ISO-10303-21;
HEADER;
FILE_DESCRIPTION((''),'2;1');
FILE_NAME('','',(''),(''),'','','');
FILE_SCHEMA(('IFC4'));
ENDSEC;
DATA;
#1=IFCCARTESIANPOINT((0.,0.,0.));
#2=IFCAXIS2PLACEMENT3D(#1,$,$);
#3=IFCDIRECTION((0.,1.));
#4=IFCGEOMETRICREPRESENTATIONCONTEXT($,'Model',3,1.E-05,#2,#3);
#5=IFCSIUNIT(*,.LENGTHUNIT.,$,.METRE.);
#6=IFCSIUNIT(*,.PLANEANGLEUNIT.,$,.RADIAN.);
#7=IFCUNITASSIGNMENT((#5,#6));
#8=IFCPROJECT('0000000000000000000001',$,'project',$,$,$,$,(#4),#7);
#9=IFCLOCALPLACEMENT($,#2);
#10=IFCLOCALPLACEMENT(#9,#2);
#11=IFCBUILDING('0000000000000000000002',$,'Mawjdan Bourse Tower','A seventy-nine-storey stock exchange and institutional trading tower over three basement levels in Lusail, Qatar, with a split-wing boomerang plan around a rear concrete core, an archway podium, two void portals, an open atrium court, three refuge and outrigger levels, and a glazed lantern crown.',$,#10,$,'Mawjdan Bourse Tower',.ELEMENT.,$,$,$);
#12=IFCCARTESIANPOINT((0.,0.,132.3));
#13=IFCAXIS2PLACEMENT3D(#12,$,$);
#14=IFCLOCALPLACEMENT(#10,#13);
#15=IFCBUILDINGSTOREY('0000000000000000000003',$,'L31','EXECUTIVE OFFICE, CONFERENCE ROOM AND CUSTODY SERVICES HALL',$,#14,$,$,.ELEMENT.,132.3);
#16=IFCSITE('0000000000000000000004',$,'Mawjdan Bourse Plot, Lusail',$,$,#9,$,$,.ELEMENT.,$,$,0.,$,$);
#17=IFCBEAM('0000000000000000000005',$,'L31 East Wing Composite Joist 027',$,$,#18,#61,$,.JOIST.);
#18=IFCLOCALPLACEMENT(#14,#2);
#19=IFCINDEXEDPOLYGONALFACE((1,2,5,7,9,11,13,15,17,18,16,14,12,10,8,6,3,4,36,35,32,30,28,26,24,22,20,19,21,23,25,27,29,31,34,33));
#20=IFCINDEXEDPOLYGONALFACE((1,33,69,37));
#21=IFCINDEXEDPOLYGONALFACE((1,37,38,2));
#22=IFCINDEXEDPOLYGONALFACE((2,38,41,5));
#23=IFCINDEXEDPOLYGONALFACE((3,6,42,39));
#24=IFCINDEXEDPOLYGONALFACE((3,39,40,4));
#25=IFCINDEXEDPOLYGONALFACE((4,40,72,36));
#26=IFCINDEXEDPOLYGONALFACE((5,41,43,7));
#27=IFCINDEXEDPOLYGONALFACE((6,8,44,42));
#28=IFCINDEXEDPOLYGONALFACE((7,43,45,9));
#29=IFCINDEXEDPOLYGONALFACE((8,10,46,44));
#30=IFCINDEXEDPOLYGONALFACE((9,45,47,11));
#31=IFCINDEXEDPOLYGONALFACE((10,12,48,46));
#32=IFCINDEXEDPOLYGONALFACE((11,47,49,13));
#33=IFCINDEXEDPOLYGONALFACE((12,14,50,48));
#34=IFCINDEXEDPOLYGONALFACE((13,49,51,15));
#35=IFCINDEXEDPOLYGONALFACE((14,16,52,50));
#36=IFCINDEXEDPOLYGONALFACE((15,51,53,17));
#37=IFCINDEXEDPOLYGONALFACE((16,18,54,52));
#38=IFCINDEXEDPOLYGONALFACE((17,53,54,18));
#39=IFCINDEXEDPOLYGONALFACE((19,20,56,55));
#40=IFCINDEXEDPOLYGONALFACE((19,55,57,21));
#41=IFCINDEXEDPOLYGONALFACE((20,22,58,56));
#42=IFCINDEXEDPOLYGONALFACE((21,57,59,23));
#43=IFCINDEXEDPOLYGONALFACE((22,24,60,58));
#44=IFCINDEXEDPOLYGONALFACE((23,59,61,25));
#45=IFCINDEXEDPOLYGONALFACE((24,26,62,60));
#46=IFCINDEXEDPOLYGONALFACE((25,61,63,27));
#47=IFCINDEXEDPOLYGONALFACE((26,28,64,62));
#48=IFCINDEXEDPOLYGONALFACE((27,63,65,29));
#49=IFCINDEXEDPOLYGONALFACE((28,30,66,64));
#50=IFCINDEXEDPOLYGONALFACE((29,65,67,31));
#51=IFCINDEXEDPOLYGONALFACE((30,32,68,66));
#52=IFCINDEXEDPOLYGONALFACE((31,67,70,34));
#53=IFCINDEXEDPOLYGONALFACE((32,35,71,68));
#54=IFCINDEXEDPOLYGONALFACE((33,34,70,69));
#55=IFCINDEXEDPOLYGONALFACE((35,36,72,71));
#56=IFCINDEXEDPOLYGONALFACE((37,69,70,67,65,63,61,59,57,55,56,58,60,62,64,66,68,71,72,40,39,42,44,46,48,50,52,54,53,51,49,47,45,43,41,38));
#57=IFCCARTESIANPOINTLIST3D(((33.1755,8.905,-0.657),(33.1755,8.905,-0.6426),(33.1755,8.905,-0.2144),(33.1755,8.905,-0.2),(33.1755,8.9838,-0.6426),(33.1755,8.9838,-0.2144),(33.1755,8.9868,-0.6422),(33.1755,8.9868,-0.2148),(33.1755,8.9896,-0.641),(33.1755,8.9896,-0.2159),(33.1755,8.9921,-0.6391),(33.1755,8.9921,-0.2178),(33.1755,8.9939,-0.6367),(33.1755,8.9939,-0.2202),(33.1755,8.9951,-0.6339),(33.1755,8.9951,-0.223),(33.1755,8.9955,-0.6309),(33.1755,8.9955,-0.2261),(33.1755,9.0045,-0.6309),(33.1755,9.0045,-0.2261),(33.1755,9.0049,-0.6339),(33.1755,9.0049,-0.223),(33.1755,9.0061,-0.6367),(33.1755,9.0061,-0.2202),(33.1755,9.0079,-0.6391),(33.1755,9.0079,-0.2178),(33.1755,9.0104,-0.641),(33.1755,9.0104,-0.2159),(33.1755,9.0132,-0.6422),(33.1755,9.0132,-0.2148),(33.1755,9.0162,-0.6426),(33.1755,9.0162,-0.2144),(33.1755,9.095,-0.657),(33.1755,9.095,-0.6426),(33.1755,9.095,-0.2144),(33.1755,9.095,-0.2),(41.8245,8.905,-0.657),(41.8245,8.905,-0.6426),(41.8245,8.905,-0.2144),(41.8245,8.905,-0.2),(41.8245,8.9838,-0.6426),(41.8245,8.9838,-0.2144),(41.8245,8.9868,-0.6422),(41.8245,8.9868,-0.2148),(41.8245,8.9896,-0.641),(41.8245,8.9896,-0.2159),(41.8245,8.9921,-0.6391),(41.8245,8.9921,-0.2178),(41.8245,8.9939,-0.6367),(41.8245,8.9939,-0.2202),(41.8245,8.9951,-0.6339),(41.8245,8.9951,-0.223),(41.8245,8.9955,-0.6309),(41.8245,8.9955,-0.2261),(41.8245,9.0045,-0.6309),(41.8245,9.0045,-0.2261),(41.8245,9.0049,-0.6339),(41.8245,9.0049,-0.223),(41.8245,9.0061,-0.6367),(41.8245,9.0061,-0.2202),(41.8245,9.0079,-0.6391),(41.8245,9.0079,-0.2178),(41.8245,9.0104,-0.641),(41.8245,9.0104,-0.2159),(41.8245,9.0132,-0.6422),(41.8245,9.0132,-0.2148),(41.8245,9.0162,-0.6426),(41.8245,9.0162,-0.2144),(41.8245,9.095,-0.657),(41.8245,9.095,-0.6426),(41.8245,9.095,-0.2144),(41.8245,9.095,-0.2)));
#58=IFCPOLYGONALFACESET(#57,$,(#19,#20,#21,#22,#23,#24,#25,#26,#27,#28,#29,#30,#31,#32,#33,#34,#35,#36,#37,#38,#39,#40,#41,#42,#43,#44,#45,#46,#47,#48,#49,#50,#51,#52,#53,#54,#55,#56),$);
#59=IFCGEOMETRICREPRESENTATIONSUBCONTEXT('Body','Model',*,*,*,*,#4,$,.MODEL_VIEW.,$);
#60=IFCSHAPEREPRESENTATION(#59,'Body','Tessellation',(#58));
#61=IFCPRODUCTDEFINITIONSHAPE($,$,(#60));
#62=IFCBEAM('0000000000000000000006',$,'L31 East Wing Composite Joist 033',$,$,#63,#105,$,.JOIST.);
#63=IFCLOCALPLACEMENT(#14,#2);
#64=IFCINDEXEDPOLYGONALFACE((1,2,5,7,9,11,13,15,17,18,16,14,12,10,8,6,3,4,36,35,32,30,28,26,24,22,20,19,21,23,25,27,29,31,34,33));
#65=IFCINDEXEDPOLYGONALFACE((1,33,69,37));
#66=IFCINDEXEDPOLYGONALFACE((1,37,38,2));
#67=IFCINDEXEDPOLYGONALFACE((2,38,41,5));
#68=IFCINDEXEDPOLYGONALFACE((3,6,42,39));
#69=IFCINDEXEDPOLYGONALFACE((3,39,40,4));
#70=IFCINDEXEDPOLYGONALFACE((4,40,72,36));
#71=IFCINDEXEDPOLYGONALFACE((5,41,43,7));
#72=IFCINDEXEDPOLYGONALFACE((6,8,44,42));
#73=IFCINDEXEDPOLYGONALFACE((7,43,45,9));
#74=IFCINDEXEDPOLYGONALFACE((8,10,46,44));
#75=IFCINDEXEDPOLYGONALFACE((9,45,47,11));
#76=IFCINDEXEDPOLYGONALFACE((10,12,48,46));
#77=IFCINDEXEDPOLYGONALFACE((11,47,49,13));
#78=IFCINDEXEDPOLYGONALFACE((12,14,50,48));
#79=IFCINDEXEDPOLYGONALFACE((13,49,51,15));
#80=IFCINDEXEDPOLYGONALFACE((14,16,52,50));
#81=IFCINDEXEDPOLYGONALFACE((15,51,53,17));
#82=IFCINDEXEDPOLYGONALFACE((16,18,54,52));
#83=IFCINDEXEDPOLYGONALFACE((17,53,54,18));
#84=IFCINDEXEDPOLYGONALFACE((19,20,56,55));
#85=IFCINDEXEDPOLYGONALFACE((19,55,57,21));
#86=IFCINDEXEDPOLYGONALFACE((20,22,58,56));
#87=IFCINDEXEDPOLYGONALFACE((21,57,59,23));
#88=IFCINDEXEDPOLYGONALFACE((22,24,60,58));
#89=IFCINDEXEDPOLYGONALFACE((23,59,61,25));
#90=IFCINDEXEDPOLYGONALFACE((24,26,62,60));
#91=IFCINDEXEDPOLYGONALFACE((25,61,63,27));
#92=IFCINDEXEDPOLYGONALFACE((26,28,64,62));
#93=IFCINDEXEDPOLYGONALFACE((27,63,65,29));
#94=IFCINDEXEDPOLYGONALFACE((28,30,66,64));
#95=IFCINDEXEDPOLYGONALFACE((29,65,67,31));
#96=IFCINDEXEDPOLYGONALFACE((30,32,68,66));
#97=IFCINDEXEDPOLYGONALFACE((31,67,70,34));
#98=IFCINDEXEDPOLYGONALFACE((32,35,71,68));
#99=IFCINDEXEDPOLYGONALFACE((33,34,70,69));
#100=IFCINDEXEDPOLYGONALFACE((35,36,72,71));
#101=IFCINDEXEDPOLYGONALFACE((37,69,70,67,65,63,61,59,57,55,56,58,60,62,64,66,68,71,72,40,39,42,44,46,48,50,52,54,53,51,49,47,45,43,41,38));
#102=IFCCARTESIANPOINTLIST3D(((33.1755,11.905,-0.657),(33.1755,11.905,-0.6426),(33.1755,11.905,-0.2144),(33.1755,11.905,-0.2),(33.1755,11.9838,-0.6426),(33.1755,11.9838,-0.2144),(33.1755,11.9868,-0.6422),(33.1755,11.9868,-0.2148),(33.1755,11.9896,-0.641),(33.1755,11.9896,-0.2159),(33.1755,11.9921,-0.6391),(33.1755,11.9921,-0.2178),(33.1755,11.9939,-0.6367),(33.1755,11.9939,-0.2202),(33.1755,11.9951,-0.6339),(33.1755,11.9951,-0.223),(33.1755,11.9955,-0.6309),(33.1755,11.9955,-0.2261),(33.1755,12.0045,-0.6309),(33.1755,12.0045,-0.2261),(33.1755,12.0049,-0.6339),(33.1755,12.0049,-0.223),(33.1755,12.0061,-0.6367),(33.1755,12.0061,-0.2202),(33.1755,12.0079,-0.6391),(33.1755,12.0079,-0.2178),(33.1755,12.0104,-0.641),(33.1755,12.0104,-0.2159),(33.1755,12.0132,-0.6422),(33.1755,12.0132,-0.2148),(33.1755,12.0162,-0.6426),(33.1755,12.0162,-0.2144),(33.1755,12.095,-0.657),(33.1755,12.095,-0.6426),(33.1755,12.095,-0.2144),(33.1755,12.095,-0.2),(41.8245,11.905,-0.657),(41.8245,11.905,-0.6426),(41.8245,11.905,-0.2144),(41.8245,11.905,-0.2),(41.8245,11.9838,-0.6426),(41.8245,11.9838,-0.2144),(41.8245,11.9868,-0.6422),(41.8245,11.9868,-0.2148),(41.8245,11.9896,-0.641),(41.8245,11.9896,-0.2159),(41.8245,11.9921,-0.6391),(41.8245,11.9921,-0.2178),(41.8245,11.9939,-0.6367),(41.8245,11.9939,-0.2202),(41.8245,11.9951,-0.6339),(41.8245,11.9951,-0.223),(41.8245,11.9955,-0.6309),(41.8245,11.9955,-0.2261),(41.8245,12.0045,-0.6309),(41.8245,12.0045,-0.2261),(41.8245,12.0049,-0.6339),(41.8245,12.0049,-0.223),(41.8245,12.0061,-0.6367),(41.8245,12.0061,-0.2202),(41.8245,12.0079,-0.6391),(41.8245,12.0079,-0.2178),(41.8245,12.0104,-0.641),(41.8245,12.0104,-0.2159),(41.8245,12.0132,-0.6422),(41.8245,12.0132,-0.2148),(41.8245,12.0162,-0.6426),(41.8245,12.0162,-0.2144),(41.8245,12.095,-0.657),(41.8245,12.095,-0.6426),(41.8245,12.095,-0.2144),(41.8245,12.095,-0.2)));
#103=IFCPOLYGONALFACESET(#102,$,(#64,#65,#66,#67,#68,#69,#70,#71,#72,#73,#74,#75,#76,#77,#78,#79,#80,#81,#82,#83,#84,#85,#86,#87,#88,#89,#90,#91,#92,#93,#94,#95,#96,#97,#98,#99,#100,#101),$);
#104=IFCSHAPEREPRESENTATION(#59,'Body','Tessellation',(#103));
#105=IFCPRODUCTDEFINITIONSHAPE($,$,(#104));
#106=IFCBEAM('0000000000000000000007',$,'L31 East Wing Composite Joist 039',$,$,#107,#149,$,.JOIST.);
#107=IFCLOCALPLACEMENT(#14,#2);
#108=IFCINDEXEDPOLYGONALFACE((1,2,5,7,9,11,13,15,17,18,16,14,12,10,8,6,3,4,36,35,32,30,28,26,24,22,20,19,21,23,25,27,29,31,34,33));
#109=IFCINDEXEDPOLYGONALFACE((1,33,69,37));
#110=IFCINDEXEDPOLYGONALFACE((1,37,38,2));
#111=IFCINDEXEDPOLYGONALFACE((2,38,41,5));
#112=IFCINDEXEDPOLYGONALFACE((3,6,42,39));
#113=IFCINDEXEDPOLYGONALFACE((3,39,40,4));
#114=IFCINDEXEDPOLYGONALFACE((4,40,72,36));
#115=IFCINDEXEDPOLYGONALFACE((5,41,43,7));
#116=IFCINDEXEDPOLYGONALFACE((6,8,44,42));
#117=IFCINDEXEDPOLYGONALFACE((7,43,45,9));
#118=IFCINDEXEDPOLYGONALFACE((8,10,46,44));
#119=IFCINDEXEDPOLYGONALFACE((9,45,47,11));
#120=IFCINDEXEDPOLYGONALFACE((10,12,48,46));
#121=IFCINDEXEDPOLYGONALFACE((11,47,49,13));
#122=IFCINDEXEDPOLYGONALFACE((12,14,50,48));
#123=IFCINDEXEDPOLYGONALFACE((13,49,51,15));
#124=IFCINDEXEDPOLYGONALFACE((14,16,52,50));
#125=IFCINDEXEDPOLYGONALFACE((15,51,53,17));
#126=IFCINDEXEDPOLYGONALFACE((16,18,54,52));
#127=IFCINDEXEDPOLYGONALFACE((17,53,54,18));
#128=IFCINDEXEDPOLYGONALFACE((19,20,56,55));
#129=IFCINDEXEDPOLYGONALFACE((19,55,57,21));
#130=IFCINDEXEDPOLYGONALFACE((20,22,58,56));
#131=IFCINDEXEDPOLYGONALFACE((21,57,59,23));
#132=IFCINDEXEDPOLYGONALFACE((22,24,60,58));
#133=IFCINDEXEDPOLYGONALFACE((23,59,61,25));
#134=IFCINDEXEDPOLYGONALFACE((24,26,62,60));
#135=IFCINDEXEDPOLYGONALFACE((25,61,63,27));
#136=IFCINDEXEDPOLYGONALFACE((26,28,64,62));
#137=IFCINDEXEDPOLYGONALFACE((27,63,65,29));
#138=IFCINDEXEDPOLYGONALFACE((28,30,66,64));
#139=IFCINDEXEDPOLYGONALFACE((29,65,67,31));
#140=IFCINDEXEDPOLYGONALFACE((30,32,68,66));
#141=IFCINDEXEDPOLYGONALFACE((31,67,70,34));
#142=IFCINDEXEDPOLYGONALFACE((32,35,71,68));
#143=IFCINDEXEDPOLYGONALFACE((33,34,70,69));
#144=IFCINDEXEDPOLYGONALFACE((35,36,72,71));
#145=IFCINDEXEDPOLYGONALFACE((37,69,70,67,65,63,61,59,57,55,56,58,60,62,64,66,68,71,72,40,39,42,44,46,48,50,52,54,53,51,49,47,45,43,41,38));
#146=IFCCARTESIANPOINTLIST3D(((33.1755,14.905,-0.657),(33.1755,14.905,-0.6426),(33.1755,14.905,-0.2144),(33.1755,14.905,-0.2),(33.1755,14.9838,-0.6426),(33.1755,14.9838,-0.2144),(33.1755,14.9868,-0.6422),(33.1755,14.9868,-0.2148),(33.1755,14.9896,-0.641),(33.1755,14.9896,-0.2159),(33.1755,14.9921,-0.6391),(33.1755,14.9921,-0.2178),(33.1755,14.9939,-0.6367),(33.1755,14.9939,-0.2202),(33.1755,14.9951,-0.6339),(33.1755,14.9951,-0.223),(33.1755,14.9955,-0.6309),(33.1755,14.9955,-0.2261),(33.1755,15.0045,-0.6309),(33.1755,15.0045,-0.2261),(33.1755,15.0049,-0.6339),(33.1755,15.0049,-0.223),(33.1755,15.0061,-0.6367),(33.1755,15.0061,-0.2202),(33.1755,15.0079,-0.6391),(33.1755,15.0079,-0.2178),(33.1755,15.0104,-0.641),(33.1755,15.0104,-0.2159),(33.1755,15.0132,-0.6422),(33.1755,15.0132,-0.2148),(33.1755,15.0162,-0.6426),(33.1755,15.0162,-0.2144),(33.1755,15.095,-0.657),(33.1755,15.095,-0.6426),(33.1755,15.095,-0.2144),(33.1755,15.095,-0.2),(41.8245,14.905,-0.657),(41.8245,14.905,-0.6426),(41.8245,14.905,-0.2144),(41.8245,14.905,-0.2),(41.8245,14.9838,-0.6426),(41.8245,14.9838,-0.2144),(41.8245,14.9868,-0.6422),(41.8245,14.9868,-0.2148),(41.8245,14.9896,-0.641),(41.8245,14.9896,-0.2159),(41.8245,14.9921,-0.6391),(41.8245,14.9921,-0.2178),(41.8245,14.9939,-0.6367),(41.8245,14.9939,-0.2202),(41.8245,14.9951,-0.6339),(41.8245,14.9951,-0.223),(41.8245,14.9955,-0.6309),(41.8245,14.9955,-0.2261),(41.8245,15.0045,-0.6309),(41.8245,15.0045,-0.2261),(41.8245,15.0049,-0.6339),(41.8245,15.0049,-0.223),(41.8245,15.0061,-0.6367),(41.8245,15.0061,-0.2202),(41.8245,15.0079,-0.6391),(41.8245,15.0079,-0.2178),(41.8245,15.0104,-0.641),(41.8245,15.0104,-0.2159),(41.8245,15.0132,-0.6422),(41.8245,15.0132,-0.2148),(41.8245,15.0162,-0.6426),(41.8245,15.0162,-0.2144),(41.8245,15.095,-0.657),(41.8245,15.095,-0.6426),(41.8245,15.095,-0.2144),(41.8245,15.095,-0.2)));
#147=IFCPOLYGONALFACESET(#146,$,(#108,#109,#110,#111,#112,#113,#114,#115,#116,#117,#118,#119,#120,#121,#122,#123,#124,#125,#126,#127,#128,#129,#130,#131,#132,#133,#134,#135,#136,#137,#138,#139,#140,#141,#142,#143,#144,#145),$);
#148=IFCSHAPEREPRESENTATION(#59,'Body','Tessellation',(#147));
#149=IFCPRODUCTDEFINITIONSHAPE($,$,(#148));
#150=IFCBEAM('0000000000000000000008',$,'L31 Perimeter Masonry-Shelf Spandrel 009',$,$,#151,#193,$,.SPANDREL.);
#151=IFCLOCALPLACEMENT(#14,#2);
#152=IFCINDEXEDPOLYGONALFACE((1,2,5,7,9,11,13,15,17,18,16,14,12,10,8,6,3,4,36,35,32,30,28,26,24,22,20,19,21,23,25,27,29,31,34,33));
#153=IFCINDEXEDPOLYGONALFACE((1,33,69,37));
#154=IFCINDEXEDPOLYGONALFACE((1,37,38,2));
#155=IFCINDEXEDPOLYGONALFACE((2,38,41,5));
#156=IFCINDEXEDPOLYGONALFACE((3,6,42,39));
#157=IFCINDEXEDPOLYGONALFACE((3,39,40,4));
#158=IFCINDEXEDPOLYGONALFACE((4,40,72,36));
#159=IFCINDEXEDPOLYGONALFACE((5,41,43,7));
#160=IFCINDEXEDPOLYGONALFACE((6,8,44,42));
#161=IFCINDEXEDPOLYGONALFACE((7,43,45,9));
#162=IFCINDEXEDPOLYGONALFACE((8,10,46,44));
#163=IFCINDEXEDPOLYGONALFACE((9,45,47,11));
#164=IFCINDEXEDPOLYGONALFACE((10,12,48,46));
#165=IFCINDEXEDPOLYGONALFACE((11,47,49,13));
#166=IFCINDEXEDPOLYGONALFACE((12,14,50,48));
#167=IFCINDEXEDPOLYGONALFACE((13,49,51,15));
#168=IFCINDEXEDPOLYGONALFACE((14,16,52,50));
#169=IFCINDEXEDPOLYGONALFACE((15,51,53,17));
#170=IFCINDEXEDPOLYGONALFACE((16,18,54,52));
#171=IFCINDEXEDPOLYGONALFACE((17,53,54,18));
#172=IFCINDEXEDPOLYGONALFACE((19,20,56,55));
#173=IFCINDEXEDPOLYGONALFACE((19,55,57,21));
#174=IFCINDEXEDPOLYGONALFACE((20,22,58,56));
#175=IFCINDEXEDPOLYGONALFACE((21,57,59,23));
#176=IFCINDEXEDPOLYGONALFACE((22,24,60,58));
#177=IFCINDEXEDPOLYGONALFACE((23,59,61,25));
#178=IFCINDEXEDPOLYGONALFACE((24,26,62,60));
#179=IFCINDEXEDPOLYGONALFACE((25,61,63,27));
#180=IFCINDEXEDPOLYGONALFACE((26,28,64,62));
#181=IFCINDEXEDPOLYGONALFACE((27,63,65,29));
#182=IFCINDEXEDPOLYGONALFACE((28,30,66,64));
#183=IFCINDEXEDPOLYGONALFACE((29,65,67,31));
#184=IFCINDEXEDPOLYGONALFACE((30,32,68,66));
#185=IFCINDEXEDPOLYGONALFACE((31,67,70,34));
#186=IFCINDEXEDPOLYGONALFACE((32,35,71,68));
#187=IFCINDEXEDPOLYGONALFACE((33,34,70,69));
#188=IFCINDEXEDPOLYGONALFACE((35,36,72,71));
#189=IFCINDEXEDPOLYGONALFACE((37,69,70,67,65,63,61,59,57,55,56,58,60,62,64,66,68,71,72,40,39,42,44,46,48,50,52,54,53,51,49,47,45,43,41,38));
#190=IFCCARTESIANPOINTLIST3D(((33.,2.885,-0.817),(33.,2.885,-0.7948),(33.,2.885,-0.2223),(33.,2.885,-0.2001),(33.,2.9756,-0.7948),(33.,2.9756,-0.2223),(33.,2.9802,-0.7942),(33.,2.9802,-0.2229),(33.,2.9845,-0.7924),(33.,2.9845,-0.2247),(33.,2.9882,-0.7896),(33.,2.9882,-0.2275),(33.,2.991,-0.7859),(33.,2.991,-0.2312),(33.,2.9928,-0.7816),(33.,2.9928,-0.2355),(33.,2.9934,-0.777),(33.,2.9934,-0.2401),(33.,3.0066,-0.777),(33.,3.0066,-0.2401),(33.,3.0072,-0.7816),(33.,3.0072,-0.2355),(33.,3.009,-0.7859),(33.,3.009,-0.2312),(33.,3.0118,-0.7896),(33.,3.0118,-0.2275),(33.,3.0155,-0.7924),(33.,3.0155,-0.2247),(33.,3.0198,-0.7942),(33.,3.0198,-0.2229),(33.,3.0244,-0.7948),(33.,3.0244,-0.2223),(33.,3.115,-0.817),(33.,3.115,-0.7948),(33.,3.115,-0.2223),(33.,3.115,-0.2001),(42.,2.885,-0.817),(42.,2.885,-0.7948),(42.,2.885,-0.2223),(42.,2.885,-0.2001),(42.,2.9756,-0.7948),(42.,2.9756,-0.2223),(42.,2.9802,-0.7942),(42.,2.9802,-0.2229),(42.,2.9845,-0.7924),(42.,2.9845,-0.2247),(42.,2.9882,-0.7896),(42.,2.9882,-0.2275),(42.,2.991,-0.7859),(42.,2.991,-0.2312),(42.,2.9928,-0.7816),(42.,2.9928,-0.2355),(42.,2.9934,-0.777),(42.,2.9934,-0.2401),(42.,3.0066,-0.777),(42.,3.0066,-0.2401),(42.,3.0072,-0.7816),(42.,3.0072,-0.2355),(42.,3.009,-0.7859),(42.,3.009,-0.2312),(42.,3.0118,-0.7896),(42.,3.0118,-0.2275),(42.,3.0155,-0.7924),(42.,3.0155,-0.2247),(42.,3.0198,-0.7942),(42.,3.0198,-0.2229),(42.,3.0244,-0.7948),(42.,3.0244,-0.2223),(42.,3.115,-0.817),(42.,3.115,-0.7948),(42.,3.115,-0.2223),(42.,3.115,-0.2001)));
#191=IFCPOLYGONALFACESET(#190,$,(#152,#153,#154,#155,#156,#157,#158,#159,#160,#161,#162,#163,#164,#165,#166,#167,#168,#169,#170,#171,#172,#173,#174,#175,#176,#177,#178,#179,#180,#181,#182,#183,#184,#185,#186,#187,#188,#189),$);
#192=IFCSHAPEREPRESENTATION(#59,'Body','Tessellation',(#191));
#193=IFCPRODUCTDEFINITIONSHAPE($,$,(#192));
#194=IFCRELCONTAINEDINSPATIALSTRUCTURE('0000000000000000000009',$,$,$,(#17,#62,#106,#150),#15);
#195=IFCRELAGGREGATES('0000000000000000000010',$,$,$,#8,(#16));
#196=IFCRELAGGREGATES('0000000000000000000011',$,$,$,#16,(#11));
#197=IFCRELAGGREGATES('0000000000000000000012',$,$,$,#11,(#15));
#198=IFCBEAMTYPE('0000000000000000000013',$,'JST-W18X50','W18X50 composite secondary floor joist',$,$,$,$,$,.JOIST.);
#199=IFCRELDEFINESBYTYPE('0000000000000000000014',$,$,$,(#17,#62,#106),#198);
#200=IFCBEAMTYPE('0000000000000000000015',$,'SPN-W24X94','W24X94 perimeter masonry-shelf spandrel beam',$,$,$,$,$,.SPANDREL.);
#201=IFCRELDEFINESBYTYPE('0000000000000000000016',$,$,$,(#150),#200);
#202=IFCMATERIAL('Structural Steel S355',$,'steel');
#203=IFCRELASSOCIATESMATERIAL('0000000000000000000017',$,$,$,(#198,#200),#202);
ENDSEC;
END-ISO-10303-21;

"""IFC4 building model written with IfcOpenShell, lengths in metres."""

from ifc_helpers import new_model, si_unit, direction, frame, origin, origin_2d, place, context, subcontext, project, spatial, i_section, extrude, material, material_profile, profile_set, type_object, element, save


model = new_model("IFC4")

# Units and contexts
model_context = context("Model", 3, precision=1e-05, world=origin(), true_north=direction((0.0, 1.0)))
body_context = subcontext(model_context, "Body", "Model", "MODEL_VIEW")
ifc_project = project(units=[si_unit("LENGTHUNIT", "METRE"), si_unit("PLANEANGLEUNIT", "RADIAN")], contexts=[model_context])

# Site, building, storey
site_placement = place(None, origin())
site = spatial("IfcSite", under=ifc_project, at=site_placement, Name="Mawjdan Bourse Plot, Lusail", CompositionType="ELEMENT", RefElevation=0.0)
building_placement = place(site_placement, origin())
building = spatial("IfcBuilding", under=site, at=building_placement, Name="Mawjdan Bourse Tower", Description="A seventy-nine-storey stock exchange and institutional trading tower over three basement levels in Lusail, Qatar, with a split-wing boomerang plan around a rear concrete core, an archway podium, two void portals, an open atrium court, three refuge and outrigger levels, and a glazed lantern crown.", LongName="Mawjdan Bourse Tower", CompositionType="ELEMENT")
storey_placement = place(building_placement, frame((0.0, 0.0, 132.3)))
storey = spatial("IfcBuildingStorey", under=building, at=storey_placement, Name="L31", Description="EXECUTIVE OFFICE, CONFERENCE ROOM AND CUSTODY SERVICES HALL", CompositionType="ELEMENT", Elevation=132.3)

# Beams
ifc_material_1 = material(Name="Structural Steel S355", Category="steel")
ifc_material_profile_1 = material_profile(ifc_material_1, i_section(OverallWidth=0.1899, OverallDepth=0.457, WebThickness=0.009, FlangeThickness=0.0144, FilletRadius=0.0117, at=origin_2d()), Name="W18X50")
ifc_profile_set_1 = profile_set([ifc_material_profile_1], Name="Structural Steel S355")
beam_type_1 = type_object("IfcBeamType", Name="JST-W18X50", Description="W18X50 composite secondary floor joist", PredefinedType="JOIST", material=ifc_profile_set_1)
for number, where, z_axis, x_axis, name in (
    (1, (33.1755, 9.0, -0.4285), (1.0, 0.0, 0.0), (0.0, 1.0, 0.0), "L31 East Wing Composite Joist 027"),
    (2, (33.1755, 12.0, -0.4285), (1.0, 0.0, 0.0), (0.0, 1.0, 0.0), "L31 East Wing Composite Joist 033"),
    (3, (33.1755, 15.0, -0.4285), (1.0, 0.0, 0.0), (0.0, 1.0, 0.0), "L31 East Wing Composite Joist 039"),
):
    element("IfcBeam", number, at=place(storey_placement, frame(where, z_axis=z_axis, x_axis=x_axis)), inside=storey, type_object=beam_type_1, Name=name, PredefinedType="JOIST", context=body_context, shape_type="SweptSolid", body=[
        extrude(i_section(OverallWidth=0.1899, OverallDepth=0.457, WebThickness=0.009, FlangeThickness=0.0144, FilletRadius=0.0117, at=origin_2d()), origin(), (0.0, 0.0, 1.0), 8.6489),
    ])
ifc_material_profile_2 = material_profile(ifc_material_1, i_section(OverallWidth=0.23, OverallDepth=0.6169, WebThickness=0.0132, FlangeThickness=0.0222, FilletRadius=0.0178, at=origin_2d()), Name="W24X94")
ifc_profile_set_2 = profile_set([ifc_material_profile_2], Name="Structural Steel S355")
beam_type_2 = type_object("IfcBeamType", Name="SPN-W24X94", Description="W24X94 perimeter masonry-shelf spandrel beam", PredefinedType="SPANDREL", material=ifc_profile_set_2)
beam_1_placement = place(storey_placement, frame((33.0, 3.0, -0.5085), z_axis=(1.0, 0.0, 0.0), x_axis=(0.0, 1.0, 0.0)))
element("IfcBeam", 4, at=beam_1_placement, inside=storey, type_object=beam_type_2, Name="L31 Perimeter Masonry-Shelf Spandrel 009", PredefinedType="SPANDREL", context=body_context, shape_type="SweptSolid", body=[
    extrude(i_section(OverallWidth=0.23, OverallDepth=0.6169, WebThickness=0.0132, FlangeThickness=0.0222, FilletRadius=0.0178, at=origin_2d()), origin(), (0.0, 0.0, 1.0), 9.0),
])

save(model, "model.ifc")
